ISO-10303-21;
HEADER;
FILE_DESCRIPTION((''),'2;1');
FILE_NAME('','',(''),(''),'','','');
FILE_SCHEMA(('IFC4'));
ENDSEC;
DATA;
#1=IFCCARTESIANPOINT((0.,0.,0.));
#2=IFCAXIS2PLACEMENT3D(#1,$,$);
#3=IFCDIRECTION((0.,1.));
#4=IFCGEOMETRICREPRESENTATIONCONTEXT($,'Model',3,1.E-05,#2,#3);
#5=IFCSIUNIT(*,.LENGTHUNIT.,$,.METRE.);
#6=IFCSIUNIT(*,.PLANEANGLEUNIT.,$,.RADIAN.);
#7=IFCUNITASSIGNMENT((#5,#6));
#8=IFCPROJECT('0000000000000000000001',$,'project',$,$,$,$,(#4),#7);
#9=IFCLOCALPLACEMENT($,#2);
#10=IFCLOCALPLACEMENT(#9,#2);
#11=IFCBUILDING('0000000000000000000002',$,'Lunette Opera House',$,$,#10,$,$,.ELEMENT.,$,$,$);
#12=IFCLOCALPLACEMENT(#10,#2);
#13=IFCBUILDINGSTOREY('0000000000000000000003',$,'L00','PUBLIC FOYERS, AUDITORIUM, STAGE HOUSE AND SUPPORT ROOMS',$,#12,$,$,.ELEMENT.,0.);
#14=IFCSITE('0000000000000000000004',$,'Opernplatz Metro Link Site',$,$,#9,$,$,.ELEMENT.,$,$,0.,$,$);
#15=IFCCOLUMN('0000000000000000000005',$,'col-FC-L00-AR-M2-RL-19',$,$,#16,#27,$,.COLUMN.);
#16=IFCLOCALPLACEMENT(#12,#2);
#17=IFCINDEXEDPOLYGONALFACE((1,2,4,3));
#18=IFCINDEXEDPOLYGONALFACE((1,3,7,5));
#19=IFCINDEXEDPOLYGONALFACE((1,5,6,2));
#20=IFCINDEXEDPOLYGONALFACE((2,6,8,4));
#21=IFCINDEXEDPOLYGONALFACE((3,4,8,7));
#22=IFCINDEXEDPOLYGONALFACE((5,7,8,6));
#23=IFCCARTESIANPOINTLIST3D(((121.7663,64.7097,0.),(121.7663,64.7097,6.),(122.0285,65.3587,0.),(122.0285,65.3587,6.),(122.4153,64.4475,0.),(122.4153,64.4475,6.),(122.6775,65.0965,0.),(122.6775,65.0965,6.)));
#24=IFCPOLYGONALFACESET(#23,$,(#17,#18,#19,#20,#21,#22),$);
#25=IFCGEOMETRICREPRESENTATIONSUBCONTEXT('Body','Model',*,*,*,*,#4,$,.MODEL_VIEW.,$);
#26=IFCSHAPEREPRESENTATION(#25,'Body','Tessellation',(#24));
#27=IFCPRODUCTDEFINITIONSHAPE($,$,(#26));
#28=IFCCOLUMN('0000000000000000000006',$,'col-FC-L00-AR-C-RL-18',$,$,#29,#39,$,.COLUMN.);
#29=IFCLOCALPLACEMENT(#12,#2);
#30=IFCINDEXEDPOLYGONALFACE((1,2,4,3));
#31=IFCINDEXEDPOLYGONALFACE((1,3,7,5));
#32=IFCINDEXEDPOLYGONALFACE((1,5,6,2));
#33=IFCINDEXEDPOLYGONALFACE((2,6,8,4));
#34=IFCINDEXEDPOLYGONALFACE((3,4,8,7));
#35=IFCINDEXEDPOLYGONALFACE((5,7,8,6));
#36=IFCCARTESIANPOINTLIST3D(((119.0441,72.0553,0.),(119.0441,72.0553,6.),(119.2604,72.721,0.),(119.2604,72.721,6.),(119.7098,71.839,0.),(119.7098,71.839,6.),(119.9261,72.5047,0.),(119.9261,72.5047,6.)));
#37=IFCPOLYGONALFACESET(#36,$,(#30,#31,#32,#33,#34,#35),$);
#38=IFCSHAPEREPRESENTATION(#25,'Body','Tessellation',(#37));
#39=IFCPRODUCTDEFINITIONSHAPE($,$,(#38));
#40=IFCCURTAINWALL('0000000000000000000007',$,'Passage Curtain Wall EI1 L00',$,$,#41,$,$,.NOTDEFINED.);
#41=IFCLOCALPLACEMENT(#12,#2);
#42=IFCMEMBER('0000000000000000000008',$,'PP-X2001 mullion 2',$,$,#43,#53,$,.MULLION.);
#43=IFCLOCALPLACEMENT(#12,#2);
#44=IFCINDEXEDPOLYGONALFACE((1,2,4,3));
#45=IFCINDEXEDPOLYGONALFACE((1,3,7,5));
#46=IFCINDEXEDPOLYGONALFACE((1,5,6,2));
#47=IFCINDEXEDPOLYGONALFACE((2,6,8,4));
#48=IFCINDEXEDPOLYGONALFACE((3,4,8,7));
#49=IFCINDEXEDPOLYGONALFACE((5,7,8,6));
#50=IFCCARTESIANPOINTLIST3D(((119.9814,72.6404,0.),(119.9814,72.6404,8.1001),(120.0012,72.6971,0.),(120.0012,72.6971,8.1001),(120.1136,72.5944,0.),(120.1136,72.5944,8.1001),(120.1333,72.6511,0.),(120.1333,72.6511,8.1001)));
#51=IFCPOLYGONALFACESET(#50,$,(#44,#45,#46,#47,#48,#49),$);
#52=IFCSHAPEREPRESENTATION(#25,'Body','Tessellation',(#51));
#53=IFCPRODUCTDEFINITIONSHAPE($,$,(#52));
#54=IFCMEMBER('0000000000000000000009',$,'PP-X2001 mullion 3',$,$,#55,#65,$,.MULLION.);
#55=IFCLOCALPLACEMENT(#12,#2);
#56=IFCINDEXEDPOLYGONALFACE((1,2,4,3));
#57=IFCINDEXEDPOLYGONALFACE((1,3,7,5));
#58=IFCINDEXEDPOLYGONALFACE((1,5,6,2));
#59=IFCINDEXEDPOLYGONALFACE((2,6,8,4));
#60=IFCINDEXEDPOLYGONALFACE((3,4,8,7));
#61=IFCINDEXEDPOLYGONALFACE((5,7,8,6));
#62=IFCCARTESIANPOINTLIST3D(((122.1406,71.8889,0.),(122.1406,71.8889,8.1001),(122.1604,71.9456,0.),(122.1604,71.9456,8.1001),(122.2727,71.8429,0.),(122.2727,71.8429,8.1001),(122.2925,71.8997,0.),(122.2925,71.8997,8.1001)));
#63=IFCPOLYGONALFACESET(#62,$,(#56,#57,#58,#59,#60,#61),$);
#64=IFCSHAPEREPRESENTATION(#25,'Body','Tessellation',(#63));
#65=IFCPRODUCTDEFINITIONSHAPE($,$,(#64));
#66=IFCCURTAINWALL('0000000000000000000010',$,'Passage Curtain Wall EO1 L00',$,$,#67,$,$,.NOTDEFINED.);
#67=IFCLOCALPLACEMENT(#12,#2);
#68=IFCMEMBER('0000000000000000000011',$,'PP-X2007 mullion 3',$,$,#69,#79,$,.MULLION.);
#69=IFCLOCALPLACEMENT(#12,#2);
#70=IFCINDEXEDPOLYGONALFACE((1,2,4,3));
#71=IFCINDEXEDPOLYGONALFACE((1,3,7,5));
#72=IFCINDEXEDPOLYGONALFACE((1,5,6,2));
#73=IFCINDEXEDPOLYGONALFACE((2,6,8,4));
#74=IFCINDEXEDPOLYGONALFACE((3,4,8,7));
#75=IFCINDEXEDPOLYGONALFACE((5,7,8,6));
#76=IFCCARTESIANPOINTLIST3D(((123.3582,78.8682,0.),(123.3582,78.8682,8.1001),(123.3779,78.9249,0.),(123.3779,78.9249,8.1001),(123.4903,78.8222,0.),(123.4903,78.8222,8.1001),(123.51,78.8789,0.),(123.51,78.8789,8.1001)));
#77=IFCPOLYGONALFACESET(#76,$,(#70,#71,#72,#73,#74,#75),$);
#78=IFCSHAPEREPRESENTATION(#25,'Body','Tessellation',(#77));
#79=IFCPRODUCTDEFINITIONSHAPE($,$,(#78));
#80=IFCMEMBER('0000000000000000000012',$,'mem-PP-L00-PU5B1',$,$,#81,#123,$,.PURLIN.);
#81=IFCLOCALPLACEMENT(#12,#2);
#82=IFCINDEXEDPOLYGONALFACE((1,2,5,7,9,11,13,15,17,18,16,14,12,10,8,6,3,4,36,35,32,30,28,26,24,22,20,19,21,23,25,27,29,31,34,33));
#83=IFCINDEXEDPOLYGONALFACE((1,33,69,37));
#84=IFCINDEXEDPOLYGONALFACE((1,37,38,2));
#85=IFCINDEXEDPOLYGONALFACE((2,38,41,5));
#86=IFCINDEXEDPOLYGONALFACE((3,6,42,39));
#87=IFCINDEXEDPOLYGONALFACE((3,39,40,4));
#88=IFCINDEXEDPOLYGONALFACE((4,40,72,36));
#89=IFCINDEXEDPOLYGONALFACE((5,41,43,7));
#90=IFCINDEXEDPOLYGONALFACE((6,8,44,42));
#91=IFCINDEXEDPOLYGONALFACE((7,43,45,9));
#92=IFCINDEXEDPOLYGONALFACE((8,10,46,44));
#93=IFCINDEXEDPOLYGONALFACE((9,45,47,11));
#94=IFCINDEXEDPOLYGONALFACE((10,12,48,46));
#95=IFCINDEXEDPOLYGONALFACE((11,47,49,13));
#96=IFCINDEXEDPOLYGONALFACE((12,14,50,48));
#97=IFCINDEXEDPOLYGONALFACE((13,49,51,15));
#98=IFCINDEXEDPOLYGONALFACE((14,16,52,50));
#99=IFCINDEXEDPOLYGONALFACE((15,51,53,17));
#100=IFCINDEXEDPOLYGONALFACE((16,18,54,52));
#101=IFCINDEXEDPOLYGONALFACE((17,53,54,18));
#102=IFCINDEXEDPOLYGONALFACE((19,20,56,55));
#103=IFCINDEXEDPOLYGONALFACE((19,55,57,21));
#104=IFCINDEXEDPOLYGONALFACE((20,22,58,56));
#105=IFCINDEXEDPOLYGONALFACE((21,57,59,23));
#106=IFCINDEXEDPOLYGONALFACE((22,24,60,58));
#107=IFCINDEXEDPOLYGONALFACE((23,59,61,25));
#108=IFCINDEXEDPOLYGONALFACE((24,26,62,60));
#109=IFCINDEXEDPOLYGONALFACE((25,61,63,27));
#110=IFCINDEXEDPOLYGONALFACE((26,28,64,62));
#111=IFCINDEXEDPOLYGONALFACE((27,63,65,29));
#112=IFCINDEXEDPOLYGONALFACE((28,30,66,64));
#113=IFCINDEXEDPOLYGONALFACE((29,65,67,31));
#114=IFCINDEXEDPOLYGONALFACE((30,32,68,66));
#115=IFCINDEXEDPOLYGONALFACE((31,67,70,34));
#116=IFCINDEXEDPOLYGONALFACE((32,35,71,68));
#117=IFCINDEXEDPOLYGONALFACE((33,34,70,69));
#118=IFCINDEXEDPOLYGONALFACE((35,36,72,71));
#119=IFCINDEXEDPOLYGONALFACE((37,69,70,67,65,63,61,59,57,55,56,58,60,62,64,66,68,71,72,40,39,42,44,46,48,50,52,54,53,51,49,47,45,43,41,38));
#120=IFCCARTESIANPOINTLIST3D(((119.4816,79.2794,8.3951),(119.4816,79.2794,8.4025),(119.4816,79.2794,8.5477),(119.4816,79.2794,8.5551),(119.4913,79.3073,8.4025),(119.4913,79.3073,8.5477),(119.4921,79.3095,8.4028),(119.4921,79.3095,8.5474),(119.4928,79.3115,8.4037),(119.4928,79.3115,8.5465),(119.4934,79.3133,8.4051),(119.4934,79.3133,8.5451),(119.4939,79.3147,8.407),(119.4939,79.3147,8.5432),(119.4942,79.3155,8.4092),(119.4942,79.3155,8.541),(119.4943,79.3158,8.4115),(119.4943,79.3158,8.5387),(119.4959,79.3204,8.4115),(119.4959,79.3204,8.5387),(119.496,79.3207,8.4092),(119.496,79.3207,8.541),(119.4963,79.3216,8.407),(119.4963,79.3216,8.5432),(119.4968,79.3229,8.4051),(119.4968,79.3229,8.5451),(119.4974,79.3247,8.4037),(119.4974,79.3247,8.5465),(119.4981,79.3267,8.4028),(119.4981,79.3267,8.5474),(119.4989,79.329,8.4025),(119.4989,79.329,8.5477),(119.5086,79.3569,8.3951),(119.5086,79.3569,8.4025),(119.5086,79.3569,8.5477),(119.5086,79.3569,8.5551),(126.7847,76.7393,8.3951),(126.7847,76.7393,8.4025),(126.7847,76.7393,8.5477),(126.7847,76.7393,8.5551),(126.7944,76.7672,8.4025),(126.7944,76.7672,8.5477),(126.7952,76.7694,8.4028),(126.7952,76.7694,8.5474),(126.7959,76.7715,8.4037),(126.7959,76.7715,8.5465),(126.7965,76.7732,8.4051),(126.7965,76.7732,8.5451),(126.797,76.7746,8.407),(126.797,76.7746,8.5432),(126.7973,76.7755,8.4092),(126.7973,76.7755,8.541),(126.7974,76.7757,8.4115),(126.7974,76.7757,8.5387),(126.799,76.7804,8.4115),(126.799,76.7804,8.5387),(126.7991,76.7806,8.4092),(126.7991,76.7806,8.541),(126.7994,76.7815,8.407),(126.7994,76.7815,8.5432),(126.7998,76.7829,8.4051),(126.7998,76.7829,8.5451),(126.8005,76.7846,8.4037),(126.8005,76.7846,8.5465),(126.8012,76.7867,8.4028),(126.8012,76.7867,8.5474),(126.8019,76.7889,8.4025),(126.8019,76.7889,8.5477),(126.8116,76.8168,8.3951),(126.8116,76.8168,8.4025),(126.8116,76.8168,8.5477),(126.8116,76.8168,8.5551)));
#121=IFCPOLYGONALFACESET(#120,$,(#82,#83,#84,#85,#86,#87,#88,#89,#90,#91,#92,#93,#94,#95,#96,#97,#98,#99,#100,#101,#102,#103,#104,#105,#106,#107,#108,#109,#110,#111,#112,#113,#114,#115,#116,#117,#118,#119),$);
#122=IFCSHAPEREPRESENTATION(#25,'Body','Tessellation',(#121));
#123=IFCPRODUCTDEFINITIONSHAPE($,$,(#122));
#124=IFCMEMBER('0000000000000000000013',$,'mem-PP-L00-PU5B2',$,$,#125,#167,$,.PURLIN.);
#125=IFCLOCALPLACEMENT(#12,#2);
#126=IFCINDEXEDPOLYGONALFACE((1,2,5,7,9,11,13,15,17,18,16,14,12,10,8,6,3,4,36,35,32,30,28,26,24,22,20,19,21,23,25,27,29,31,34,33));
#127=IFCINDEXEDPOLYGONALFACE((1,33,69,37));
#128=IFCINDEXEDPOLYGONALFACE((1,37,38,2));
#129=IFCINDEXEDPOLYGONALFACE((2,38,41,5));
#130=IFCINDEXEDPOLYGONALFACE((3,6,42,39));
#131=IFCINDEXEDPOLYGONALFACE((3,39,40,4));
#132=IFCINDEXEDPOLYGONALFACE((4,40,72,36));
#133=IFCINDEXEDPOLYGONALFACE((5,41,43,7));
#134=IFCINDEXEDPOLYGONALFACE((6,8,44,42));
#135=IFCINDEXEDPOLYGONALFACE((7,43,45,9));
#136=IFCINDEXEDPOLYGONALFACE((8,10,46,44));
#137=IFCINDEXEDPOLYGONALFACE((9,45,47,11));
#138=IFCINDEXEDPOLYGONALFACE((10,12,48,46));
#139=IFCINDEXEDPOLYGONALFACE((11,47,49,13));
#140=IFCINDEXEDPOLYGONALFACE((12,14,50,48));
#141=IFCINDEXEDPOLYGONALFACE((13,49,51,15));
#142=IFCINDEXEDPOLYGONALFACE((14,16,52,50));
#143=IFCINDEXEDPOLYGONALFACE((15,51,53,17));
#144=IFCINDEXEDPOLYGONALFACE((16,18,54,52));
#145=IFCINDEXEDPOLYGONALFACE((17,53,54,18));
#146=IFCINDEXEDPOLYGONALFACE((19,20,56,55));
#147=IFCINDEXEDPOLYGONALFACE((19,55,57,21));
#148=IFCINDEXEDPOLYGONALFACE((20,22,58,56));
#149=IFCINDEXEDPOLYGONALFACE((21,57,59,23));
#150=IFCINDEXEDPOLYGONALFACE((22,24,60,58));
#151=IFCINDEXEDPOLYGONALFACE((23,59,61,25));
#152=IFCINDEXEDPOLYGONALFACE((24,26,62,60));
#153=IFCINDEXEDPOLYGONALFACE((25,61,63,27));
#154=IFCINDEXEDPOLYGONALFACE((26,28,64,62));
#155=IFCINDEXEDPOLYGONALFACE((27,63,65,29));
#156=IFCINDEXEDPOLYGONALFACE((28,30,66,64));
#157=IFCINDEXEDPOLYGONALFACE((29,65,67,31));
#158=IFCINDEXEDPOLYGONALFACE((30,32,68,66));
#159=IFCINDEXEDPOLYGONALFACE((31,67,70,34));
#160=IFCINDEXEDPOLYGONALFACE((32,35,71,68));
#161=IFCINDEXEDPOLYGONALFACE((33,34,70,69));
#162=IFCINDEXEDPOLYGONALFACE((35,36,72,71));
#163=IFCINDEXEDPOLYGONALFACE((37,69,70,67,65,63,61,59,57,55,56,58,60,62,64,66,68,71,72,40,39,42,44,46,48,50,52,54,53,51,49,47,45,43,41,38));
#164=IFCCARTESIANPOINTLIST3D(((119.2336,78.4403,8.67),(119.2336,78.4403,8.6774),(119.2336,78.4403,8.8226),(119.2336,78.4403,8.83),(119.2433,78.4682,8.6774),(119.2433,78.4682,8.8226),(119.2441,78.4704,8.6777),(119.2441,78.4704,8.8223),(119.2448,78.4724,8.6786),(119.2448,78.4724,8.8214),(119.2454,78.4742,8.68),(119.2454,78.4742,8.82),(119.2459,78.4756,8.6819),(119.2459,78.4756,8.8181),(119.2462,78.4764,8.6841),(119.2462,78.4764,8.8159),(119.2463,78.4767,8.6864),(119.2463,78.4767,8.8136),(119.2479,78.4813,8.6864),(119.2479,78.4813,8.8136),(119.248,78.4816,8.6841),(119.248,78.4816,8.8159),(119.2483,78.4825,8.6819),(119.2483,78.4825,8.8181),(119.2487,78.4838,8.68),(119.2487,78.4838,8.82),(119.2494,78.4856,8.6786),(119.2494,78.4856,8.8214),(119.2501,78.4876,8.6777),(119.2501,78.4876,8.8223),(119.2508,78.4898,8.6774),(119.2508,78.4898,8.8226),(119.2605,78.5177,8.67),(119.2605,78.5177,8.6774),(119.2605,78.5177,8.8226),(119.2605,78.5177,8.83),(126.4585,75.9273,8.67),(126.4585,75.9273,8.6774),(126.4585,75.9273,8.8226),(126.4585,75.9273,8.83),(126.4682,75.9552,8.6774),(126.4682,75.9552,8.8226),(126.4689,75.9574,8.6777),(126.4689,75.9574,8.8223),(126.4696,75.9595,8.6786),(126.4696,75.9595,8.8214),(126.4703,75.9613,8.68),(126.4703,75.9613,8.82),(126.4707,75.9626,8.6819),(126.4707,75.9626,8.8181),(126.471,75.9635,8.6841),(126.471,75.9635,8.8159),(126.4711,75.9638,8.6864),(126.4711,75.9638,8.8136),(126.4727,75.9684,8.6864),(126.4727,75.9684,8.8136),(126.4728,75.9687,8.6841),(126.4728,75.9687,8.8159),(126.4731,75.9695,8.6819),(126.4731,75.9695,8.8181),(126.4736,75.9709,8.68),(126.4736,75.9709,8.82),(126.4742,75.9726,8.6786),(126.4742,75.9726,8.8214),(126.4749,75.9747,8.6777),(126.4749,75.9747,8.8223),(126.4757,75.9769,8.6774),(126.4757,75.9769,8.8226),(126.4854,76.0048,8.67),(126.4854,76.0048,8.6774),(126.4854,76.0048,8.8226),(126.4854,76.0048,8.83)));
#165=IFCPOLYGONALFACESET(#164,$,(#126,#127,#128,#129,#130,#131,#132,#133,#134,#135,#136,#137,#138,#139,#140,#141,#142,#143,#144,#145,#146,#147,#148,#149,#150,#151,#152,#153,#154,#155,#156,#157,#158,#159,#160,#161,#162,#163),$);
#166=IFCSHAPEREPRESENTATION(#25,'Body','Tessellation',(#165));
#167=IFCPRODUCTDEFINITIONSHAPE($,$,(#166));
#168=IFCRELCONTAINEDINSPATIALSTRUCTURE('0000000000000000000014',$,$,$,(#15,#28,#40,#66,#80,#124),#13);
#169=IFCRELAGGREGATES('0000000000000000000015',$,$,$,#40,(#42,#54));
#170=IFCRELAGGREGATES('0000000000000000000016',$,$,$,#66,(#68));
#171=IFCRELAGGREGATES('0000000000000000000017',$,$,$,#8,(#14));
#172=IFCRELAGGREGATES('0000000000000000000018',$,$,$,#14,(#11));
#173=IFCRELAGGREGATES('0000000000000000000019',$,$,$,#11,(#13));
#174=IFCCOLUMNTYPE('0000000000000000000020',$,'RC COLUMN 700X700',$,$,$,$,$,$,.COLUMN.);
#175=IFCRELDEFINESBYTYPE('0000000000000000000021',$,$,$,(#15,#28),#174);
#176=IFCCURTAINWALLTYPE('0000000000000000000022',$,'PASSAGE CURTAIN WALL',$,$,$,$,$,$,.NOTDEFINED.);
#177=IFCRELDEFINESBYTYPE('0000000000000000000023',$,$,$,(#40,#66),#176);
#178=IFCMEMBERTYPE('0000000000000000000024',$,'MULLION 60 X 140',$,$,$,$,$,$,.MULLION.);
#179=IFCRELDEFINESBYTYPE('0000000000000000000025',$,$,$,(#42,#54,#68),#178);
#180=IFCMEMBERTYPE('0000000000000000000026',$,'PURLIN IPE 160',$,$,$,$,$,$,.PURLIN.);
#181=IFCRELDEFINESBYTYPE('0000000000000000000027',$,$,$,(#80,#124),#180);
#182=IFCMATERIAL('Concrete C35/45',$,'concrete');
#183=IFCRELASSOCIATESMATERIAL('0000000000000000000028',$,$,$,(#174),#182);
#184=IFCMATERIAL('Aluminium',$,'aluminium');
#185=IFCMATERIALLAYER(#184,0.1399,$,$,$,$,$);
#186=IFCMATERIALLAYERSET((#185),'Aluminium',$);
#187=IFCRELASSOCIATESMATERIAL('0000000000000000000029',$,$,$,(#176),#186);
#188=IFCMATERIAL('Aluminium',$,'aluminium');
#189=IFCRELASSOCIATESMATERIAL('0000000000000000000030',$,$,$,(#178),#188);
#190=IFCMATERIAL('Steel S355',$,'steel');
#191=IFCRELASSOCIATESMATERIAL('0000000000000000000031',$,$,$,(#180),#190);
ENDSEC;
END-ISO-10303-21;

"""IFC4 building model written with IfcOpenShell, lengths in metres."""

from ifc_helpers import new_model, si_unit, direction, frame, origin, origin_2d, place, context, subcontext, project, spatial, rectangle, i_section, extrude, material, layer, layer_set, material_profile, profile_set, type_object, element, aggregate, save


model = new_model("IFC4")

# Units and contexts
model_context = context("Model", 3, precision=1e-05, world=origin(), true_north=direction((0.0, 1.0)))
body_context = subcontext(model_context, "Body", "Model", "MODEL_VIEW")
ifc_project = project(units=[si_unit("LENGTHUNIT", "METRE"), si_unit("PLANEANGLEUNIT", "RADIAN")], contexts=[model_context])

# Site, building, storey
site_placement = place(None, origin())
site = spatial("IfcSite", under=ifc_project, at=site_placement, Name="Opernplatz Metro Link Site", CompositionType="ELEMENT", RefElevation=0.0)
building_placement = place(site_placement, origin())
building = spatial("IfcBuilding", under=site, at=building_placement, Name="Lunette Opera House", CompositionType="ELEMENT")
storey_placement = place(building_placement, origin())
storey = spatial("IfcBuildingStorey", under=building, at=storey_placement, Name="L00", Description="PUBLIC FOYERS, AUDITORIUM, STAGE HOUSE AND SUPPORT ROOMS", CompositionType="ELEMENT", Elevation=0.0)

# Columns
ifc_material_1 = material(Name="Concrete C35/45", Category="concrete")
ifc_material_profile_1 = material_profile(ifc_material_1, rectangle(XDim=0.7, YDim=0.7, at=origin_2d()), Name="RC COLUMN 700X700")
ifc_profile_set_1 = profile_set([ifc_material_profile_1], Name="Concrete C35/45")
column_type = type_object("IfcColumnType", Name="RC COLUMN 700X700", PredefinedType="COLUMN", material=ifc_profile_set_1)
for number, where, z_axis, x_axis, name in (
    (1, (122.2219, 64.9031, 0.0), (0.0, 0.0, 1.0), (0.927184, -0.374607, 0.0), "col-FC-L00-AR-M2-RL-19"),
    (2, (119.4851, 72.28, 0.0), (0.0, 0.0, 1.0), (0.951057, -0.309017, 0.0), "col-FC-L00-AR-C-RL-18"),
):
    element("IfcColumn", number, at=place(storey_placement, frame(where, z_axis=z_axis, x_axis=x_axis)), inside=storey, type_object=column_type, Name=name, PredefinedType="COLUMN", context=body_context, shape_type="SweptSolid", body=[
        extrude(rectangle(XDim=0.7, YDim=0.7, at=origin_2d()), origin(), (0.0, 0.0, 1.0), 6.0),
    ])

# Curtain wall, members
ifc_material_2 = material(Name="Aluminium", Category="aluminium")
ifc_layer_1 = layer(ifc_material_2, 0.1399)
ifc_layer_set_1 = layer_set([ifc_layer_1], Name="Aluminium")
curtain_wall_type = type_object("IfcCurtainWallType", Name="PASSAGE CURTAIN WALL", PredefinedType="NOTDEFINED", material=ifc_layer_set_1)
curtain_wall_1_placement = place(storey_placement, origin())
curtain_wall_1 = element("IfcCurtainWall", 3, at=curtain_wall_1_placement, inside=storey, type_object=curtain_wall_type, Name="Passage Curtain Wall EI1 L00", PredefinedType="NOTDEFINED")
ifc_material_3 = material(Name="Aluminium", Category="aluminium")
ifc_material_profile_2 = material_profile(ifc_material_3, rectangle(XDim=0.0601, YDim=0.1399, at=origin_2d()), Name="MULLION 60 X 140")
ifc_profile_set_2 = profile_set([ifc_material_profile_2], Name="Aluminium")
member_type_1 = type_object("IfcMemberType", Name="MULLION 60 X 140", PredefinedType="MULLION", material=ifc_profile_set_2)
member_1_placement = place(storey_placement, frame((120.0574, 72.6458, 0.0), z_axis=(0.0, 0.0, 1.0), x_axis=(0.328622, 0.944461, 0.0)))
member_1 = element("IfcMember", 4, at=member_1_placement, type_object=member_type_1, Name="PP-X2001 mullion 2", PredefinedType="MULLION", context=body_context, shape_type="SweptSolid", body=[
    extrude(rectangle(XDim=0.0601, YDim=0.1399, at=origin_2d()), origin(), (0.0, 0.0, 1.0), 8.1001),
])
member_2_placement = place(storey_placement, frame((122.2166, 71.8943, 0.0), z_axis=(0.0, 0.0, 1.0), x_axis=(0.328622, 0.944461, 0.0)))
member_2 = element("IfcMember", 5, at=member_2_placement, type_object=member_type_1, Name="PP-X2001 mullion 3", PredefinedType="MULLION", context=body_context, shape_type="SweptSolid", body=[
    extrude(rectangle(XDim=0.0601, YDim=0.1399, at=origin_2d()), origin(), (0.0, 0.0, 1.0), 8.1001),
])

# Curtain wall, member
curtain_wall_2_placement = place(storey_placement, origin())
curtain_wall_2 = element("IfcCurtainWall", 6, at=curtain_wall_2_placement, inside=storey, type_object=curtain_wall_type, Name="Passage Curtain Wall EO1 L00", PredefinedType="NOTDEFINED")
member_3_placement = place(storey_placement, frame((123.4341, 78.8735, 0.0), z_axis=(0.0, 0.0, 1.0), x_axis=(0.328619, 0.944463, 0.0)))
member_3 = element("IfcMember", 7, at=member_3_placement, type_object=member_type_1, Name="PP-X2007 mullion 3", PredefinedType="MULLION", context=body_context, shape_type="SweptSolid", body=[
    extrude(rectangle(XDim=0.0601, YDim=0.1399, at=origin_2d()), origin(), (0.0, 0.0, 1.0), 8.1001),
])

# Members
ifc_material_4 = material(Name="Steel S355", Category="steel")
ifc_material_profile_3 = material_profile(ifc_material_4, i_section(OverallWidth=0.082, OverallDepth=0.1599, WebThickness=0.0049, FlangeThickness=0.0073, FilletRadius=0.009, at=origin_2d()), Name="IPE 160")
ifc_profile_set_3 = profile_set([ifc_material_profile_3], Name="Steel S355")
member_type_2 = type_object("IfcMemberType", Name="PURLIN IPE 160", PredefinedType="PURLIN", material=ifc_profile_set_3)
member_4_placement = place(storey_placement, frame((119.4951, 79.3181, 8.4751), z_axis=(0.944502, -0.328506, 0.0), x_axis=(0.328506, 0.944502, 0.0)))
element("IfcMember", 8, at=member_4_placement, inside=storey, type_object=member_type_2, Name="mem-PP-L00-PU5B1", PredefinedType="PURLIN", context=body_context, shape_type="SweptSolid", body=[
    extrude(i_section(OverallWidth=0.082, OverallDepth=0.1599, WebThickness=0.0049, FlangeThickness=0.0073, FilletRadius=0.009, at=origin_2d()), origin(), (0.0, 0.0, 1.0), 7.7322),
])
member_5_placement = place(storey_placement, frame((119.2471, 78.479, 8.75), z_axis=(0.944499, -0.328514, 0.0), x_axis=(0.328514, 0.944499, 0.0)))
element("IfcMember", 9, at=member_5_placement, inside=storey, type_object=member_type_2, Name="mem-PP-L00-PU5B2", PredefinedType="PURLIN", context=body_context, shape_type="SweptSolid", body=[
    extrude(i_section(OverallWidth=0.082, OverallDepth=0.1599, WebThickness=0.0049, FlangeThickness=0.0073, FilletRadius=0.009, at=origin_2d()), origin(), (0.0, 0.0, 1.0), 7.6494),
])

aggregate(curtain_wall_1, [member_1, member_2])
aggregate(curtain_wall_2, [member_3])

save(model, "model.ifc")
